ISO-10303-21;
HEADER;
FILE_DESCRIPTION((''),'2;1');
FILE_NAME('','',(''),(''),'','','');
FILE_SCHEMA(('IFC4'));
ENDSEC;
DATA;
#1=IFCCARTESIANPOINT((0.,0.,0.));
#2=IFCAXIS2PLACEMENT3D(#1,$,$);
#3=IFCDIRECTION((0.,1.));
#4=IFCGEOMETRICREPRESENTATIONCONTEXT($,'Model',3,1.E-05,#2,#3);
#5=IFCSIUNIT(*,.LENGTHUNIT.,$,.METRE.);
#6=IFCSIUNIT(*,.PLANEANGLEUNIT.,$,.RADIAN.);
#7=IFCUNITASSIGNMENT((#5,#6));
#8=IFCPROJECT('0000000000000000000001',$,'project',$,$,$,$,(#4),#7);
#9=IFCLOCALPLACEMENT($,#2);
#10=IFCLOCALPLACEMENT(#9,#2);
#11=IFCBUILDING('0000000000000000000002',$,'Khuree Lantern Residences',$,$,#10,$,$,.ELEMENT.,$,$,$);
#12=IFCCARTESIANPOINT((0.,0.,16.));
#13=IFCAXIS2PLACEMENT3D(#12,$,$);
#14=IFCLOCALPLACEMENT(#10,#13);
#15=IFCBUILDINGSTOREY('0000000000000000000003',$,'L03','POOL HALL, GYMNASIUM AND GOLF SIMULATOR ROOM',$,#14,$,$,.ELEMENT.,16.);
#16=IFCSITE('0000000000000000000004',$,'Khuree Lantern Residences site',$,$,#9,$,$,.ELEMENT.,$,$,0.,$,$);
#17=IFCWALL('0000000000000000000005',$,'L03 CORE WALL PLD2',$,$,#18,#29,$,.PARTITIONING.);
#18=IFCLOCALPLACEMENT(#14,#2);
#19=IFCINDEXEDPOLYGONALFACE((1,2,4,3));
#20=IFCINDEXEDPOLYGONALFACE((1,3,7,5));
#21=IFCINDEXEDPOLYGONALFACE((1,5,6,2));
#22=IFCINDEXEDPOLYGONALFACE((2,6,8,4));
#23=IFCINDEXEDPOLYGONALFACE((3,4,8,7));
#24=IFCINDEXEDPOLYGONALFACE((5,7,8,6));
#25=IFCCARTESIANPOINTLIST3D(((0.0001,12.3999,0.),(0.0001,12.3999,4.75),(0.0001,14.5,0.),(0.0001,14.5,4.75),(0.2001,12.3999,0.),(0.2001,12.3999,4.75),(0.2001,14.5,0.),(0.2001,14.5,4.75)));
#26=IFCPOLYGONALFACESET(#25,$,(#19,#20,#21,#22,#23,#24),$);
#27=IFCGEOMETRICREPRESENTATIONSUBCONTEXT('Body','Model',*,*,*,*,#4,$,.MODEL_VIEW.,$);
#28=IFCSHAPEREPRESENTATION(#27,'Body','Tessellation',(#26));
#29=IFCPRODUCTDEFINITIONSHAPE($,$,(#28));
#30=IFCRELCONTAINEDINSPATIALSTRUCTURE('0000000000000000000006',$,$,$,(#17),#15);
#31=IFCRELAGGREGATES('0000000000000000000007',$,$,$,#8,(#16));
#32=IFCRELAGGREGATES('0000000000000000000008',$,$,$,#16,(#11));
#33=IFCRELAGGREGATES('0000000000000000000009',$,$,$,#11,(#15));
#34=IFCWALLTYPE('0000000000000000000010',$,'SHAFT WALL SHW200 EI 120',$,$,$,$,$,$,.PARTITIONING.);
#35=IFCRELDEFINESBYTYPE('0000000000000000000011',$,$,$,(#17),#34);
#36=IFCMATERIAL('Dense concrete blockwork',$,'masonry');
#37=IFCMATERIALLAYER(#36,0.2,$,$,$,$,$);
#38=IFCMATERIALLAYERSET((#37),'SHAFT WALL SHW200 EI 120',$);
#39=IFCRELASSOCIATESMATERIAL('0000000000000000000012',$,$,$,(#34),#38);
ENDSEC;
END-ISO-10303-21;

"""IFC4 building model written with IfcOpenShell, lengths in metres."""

from ifc_helpers import new_model, si_unit, direction, frame, frame_2d, origin, place, context, subcontext, project, spatial, rectangle, extrude, material, layer, layer_set, type_object, element, save


model = new_model("IFC4")

# Units and contexts
model_context = context("Model", 3, precision=1e-05, world=origin(), true_north=direction((0.0, 1.0)))
body_context = subcontext(model_context, "Body", "Model", "MODEL_VIEW")
ifc_project = project(units=[si_unit("LENGTHUNIT", "METRE"), si_unit("PLANEANGLEUNIT", "RADIAN")], contexts=[model_context])

# Site, building, storey
site_placement = place(None, origin())
site = spatial("IfcSite", under=ifc_project, at=site_placement, Name="Khuree Lantern Residences site", CompositionType="ELEMENT", RefElevation=0.0)
building_placement = place(site_placement, origin())
building = spatial("IfcBuilding", under=site, at=building_placement, Name="Khuree Lantern Residences", CompositionType="ELEMENT")
storey_placement = place(building_placement, frame((0.0, 0.0, 16.0)))
storey = spatial("IfcBuildingStorey", under=building, at=storey_placement, Name="L03", Description="POOL HALL, GYMNASIUM AND GOLF SIMULATOR ROOM", CompositionType="ELEMENT", Elevation=16.0)

# Shared definitions
ifc_material_1 = material(Name="Dense concrete blockwork", Category="masonry")

# Wall
ifc_layer_1 = layer(ifc_material_1, 0.2)
ifc_layer_set_1 = layer_set([ifc_layer_1], Name="SHAFT WALL SHW200 EI 120")
wall_type_1 = type_object("IfcWallType", Name="SHAFT WALL SHW200 EI 120", PredefinedType="PARTITIONING", material=ifc_layer_set_1)
wall_1_placement = place(storey_placement, frame((0.1001, 12.3999, 0.0), z_axis=(0.0, 0.0, 1.0), x_axis=(0.0, 1.0, 0.0)))
element("IfcWall", 1, at=wall_1_placement, inside=storey, type_object=wall_type_1, Name="L03 CORE WALL PLD2", PredefinedType="PARTITIONING", context=body_context, shape_type="SweptSolid", body=[
    extrude(rectangle(XDim=2.1001, YDim=0.2, at=frame_2d((1.05, 0.0))), origin(), (0.0, 0.0, 1.0), 4.75),
])

save(model, "model.ifc")
